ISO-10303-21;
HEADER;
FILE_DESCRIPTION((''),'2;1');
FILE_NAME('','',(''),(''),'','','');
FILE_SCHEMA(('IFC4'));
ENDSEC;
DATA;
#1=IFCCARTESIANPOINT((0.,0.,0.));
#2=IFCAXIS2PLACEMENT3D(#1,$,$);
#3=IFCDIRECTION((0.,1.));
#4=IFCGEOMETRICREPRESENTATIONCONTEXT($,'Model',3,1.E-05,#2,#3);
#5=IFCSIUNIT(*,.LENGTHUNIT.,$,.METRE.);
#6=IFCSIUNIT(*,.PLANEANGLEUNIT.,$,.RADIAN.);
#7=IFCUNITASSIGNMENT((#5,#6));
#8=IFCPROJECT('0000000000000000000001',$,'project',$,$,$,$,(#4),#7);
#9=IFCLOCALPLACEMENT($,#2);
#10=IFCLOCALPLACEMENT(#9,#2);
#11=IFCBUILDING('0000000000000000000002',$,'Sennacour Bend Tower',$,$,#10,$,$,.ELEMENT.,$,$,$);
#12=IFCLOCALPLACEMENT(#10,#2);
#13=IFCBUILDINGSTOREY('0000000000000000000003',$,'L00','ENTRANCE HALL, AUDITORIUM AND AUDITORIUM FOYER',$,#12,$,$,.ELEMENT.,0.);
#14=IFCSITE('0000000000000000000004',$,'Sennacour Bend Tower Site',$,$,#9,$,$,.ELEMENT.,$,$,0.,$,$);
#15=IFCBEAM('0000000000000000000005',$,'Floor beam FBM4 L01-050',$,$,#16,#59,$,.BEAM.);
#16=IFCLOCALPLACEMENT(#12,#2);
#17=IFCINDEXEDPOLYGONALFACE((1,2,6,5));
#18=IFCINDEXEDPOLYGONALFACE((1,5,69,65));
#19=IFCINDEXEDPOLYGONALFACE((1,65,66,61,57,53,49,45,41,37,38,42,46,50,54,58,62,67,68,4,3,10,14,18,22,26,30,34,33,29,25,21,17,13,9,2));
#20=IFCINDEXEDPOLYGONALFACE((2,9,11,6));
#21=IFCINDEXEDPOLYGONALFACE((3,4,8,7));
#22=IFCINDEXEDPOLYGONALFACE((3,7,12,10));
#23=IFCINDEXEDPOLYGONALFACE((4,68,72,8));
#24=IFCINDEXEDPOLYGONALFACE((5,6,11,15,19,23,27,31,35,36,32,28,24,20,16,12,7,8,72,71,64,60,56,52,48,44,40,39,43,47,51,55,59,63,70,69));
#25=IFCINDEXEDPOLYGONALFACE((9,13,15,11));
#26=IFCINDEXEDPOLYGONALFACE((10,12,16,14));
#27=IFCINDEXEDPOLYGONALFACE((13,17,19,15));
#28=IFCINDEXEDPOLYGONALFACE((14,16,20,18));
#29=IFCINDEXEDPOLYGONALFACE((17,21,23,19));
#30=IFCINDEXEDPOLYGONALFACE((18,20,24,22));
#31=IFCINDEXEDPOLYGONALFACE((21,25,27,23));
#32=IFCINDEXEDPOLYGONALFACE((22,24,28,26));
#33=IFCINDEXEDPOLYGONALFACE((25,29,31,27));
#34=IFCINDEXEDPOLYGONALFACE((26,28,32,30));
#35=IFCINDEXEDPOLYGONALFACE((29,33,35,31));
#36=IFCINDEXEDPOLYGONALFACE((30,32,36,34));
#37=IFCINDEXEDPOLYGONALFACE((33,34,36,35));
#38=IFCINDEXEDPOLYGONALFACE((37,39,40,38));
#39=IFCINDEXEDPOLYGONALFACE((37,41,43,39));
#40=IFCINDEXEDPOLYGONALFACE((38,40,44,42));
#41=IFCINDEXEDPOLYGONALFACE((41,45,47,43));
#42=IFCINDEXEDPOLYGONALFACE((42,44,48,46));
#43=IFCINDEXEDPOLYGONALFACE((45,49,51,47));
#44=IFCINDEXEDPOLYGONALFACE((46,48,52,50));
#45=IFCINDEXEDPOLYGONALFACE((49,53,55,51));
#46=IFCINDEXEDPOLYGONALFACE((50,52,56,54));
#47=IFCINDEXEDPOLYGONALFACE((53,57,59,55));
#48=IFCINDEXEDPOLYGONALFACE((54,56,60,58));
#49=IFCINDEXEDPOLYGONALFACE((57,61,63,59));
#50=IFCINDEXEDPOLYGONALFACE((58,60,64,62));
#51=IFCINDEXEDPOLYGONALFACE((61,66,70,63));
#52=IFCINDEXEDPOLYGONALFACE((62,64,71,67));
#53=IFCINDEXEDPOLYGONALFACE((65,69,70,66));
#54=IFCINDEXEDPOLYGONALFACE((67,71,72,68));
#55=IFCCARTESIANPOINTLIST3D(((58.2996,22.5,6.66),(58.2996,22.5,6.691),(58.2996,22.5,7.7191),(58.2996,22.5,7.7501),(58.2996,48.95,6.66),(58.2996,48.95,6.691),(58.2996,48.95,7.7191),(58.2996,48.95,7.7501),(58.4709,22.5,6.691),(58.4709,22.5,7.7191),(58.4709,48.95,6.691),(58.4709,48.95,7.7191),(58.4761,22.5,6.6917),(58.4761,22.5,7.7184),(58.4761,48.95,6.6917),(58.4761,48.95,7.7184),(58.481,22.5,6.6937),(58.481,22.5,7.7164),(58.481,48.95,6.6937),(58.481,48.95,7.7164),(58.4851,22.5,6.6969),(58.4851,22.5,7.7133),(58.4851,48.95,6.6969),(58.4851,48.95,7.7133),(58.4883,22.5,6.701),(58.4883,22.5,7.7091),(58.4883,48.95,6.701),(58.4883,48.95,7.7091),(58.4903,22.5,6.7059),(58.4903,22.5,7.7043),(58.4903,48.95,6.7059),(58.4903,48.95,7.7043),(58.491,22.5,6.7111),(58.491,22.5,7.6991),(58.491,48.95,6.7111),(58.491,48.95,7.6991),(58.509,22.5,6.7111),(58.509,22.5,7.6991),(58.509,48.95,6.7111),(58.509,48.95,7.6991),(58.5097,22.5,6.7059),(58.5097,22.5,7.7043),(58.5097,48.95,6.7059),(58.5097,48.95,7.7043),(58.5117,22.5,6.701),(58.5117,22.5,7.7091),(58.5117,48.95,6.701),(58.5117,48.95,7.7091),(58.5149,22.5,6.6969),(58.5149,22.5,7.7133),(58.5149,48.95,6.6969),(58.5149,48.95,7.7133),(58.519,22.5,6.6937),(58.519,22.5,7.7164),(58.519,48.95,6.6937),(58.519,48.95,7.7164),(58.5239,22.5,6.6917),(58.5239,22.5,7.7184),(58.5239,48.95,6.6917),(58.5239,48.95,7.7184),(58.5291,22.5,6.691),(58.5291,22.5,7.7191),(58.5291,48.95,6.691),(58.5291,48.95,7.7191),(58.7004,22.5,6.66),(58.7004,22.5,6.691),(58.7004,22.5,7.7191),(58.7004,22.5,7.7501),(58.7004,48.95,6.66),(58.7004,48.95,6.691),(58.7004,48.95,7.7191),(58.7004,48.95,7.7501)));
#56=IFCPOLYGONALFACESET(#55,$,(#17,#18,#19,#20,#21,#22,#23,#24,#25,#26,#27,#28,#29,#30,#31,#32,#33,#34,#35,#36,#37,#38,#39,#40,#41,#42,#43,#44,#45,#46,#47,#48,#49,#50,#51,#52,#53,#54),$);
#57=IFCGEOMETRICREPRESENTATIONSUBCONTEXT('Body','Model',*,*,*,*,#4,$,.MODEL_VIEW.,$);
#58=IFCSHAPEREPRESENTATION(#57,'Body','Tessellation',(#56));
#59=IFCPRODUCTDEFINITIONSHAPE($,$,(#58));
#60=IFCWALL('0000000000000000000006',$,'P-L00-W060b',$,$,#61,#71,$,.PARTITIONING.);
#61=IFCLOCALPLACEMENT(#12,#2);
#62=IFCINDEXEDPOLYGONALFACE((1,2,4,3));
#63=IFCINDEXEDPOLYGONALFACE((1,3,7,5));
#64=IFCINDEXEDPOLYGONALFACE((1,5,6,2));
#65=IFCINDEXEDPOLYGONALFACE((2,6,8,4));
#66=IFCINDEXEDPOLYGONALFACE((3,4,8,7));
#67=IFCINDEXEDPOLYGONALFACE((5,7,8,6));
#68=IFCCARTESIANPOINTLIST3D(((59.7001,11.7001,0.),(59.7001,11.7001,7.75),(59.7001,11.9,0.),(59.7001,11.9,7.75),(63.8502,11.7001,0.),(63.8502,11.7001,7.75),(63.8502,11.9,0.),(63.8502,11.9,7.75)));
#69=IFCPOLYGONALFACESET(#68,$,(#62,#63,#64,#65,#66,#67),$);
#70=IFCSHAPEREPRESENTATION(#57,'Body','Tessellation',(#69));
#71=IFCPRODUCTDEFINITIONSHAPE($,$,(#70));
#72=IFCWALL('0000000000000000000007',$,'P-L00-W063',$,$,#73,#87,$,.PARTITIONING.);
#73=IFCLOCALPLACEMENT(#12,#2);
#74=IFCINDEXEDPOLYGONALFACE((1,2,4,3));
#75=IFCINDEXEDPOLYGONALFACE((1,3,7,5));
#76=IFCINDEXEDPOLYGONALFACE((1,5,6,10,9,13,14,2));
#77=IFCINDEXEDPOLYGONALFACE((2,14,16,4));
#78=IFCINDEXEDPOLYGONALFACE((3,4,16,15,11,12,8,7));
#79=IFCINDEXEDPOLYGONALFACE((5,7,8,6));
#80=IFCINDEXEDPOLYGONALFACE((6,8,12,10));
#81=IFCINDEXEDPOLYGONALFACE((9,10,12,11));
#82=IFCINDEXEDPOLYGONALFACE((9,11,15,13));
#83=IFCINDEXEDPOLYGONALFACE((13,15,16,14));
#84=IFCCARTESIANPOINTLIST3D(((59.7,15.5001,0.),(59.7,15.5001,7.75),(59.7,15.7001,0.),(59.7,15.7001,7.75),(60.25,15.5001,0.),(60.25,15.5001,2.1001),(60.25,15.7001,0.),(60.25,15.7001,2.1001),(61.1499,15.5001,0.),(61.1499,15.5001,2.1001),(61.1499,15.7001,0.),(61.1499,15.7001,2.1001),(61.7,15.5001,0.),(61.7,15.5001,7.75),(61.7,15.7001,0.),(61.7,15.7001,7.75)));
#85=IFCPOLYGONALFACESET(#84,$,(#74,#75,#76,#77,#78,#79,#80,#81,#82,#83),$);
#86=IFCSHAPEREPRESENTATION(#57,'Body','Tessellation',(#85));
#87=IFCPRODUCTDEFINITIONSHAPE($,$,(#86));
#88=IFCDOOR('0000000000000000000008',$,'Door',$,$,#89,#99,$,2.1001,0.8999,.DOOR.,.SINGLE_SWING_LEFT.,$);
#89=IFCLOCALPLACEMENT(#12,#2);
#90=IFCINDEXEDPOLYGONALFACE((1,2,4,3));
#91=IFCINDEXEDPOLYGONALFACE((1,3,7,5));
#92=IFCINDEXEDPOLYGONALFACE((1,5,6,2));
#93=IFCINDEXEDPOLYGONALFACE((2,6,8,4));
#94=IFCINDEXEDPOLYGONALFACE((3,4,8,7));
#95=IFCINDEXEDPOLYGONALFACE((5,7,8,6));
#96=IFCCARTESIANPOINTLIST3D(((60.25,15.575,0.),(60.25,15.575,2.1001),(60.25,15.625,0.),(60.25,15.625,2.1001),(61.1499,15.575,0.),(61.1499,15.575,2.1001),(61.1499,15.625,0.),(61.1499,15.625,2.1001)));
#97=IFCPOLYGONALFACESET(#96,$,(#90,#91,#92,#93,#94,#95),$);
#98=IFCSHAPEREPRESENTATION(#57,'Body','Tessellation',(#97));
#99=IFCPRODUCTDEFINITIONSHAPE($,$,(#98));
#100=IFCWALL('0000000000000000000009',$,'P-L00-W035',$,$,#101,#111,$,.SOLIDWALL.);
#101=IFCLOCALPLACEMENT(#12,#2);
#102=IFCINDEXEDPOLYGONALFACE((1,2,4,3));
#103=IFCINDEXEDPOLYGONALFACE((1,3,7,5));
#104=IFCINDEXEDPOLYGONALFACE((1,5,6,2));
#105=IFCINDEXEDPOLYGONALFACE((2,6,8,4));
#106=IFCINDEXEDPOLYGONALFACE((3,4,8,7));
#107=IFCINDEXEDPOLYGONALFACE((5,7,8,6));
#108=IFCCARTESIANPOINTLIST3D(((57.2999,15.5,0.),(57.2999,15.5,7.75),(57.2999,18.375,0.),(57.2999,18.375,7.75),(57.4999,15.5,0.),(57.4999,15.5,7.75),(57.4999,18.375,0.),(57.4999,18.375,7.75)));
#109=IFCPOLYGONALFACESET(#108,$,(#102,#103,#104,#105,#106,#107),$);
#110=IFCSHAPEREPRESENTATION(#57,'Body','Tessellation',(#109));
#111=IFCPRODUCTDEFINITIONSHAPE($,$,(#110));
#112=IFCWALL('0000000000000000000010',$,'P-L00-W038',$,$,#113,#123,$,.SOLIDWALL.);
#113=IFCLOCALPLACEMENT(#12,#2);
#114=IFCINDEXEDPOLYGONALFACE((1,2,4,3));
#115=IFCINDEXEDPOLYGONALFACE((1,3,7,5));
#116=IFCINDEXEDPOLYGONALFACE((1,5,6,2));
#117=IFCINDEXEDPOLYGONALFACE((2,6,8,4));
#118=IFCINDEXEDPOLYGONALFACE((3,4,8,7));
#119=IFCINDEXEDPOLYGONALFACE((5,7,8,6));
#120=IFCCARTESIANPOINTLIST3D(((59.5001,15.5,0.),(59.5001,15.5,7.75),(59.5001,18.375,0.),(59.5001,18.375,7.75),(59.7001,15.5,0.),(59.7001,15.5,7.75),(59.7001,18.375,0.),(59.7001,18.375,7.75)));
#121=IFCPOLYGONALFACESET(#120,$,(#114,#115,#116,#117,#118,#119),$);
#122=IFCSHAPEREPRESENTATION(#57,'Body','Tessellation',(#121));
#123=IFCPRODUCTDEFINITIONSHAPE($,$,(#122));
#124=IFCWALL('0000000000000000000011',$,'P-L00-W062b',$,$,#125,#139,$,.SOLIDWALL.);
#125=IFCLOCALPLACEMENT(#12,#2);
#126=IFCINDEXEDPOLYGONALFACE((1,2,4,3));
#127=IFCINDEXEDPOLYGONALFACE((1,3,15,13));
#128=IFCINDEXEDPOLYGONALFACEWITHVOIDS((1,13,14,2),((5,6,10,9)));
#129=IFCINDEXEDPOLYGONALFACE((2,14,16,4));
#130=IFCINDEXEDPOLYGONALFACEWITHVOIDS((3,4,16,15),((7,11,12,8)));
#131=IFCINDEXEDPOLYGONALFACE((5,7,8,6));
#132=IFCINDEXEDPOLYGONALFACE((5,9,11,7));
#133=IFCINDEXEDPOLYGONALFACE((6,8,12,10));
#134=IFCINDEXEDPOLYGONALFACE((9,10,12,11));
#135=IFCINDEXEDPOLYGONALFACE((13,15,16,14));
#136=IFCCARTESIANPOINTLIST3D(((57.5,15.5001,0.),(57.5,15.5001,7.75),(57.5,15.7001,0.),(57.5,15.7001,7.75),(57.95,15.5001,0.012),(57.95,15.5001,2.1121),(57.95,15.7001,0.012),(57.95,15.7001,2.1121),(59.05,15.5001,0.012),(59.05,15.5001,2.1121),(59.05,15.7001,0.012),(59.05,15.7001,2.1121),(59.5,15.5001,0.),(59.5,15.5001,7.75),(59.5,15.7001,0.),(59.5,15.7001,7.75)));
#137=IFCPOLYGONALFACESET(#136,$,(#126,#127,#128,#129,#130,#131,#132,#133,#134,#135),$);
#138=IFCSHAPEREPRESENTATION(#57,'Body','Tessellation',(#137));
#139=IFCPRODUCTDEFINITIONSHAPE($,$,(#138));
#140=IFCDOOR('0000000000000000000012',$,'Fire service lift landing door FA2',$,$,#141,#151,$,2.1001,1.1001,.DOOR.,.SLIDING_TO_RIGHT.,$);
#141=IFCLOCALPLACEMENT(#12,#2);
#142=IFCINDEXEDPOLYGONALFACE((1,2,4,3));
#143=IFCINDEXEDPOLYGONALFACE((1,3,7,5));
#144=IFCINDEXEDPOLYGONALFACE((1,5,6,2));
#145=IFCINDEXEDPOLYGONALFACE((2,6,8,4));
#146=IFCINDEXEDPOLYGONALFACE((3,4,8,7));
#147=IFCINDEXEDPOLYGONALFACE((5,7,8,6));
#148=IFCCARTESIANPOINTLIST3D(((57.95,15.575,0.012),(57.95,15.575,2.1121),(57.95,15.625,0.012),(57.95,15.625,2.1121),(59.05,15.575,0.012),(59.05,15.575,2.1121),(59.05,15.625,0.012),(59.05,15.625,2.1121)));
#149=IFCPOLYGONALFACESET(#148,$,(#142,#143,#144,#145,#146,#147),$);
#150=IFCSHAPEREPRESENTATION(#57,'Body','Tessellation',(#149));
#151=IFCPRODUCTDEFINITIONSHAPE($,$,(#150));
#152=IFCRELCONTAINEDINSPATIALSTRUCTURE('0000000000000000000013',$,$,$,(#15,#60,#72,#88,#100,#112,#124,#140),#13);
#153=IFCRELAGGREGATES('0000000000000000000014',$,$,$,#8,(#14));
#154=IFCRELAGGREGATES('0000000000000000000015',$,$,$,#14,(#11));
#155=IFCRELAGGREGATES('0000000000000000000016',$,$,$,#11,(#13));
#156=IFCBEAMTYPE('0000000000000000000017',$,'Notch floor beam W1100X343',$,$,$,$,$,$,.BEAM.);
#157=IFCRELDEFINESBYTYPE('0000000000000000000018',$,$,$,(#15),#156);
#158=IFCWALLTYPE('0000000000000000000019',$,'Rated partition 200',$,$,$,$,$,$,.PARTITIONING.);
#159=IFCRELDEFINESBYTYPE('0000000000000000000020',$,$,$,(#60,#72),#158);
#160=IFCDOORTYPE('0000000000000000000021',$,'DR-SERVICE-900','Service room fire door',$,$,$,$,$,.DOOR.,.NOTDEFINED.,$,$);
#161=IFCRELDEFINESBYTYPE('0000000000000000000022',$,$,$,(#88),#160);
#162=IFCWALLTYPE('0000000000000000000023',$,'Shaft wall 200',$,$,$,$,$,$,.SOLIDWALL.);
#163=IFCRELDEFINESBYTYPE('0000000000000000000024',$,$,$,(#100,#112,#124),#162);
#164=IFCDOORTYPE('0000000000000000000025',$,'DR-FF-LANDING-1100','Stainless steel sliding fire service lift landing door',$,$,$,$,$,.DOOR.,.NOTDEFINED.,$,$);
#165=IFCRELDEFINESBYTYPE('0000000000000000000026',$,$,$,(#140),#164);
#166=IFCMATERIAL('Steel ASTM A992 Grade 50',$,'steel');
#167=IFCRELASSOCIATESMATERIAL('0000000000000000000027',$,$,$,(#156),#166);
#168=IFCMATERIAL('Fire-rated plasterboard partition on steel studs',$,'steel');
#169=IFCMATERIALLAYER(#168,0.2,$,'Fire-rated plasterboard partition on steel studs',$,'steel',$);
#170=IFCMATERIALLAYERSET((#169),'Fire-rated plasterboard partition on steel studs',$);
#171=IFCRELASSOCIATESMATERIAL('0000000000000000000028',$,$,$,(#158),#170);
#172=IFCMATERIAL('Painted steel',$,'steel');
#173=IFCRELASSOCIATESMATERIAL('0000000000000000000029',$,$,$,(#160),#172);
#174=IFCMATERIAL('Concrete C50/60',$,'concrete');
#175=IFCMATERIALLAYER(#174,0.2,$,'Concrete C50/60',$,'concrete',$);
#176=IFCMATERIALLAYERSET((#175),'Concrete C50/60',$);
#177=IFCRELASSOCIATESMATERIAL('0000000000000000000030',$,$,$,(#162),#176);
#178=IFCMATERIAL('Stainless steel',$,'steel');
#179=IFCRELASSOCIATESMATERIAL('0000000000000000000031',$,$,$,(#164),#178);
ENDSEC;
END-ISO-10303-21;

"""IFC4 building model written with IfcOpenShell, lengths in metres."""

from ifc_helpers import new_model, si_unit, direction, frame, frame_2d, origin, origin_2d, place, context, subcontext, project, spatial, rectangle, i_section, extrude, material, layer, layer_set, material_profile, profile_set, type_object, element, fill, save


model = new_model("IFC4")

# Units and contexts
model_context = context("Model", 3, precision=1e-05, world=origin(), true_north=direction((0.0, 1.0)))
body_context = subcontext(model_context, "Body", "Model", "MODEL_VIEW")
ifc_project = project(units=[si_unit("LENGTHUNIT", "METRE"), si_unit("PLANEANGLEUNIT", "RADIAN")], contexts=[model_context])

# Site, building, storey
site_placement = place(None, origin())
site = spatial("IfcSite", under=ifc_project, at=site_placement, Name="Sennacour Bend Tower Site", CompositionType="ELEMENT", RefElevation=0.0)
building_placement = place(site_placement, origin())
building = spatial("IfcBuilding", under=site, at=building_placement, Name="Sennacour Bend Tower", CompositionType="ELEMENT")
storey_placement = place(building_placement, origin())
storey = spatial("IfcBuildingStorey", under=building, at=storey_placement, Name="L00", Description="ENTRANCE HALL, AUDITORIUM AND AUDITORIUM FOYER", CompositionType="ELEMENT", Elevation=0.0)

# Beam
ifc_material_1 = material(Name="Steel ASTM A992 Grade 50", Category="steel")
ifc_material_profile = material_profile(ifc_material_1, i_section(OverallWidth=0.4009, OverallDepth=1.0901, WebThickness=0.0181, FlangeThickness=0.031, FilletRadius=0.02, at=origin_2d()), Name="Steel ASTM A992 Grade 50", Category="steel")
ifc_profile_set = profile_set([ifc_material_profile], Name="Steel ASTM A992 Grade 50")
beam_type = type_object("IfcBeamType", Name="Notch floor beam W1100X343", PredefinedType="BEAM", material=ifc_profile_set)
beam_placement = place(storey_placement, frame((58.5, 22.5, 7.2051), z_axis=(0.0, 1.0, 0.0), x_axis=(-1.0, 0.0, 0.0)))
element("IfcBeam", 1, at=beam_placement, inside=storey, type_object=beam_type, Name="Floor beam FBM4 L01-050", PredefinedType="BEAM", context=body_context, shape_type="SweptSolid", body=[
    extrude(i_section(OverallWidth=0.4009, OverallDepth=1.0901, WebThickness=0.0181, FlangeThickness=0.031, FilletRadius=0.02, at=origin_2d()), origin(), (0.0, 0.0, 1.0), 26.45),
])

# Wall
ifc_material_2 = material(Name="Fire-rated plasterboard partition on steel studs", Category="steel")
ifc_layer_1 = layer(ifc_material_2, 0.2, Name="Fire-rated plasterboard partition on steel studs", Category="steel")
ifc_layer_set_1 = layer_set([ifc_layer_1], Name="Fire-rated plasterboard partition on steel studs")
wall_type_1 = type_object("IfcWallType", Name="Rated partition 200", PredefinedType="PARTITIONING", material=ifc_layer_set_1)
wall_1_placement = place(storey_placement, frame((59.7, 11.8, 0.0), z_axis=(0.0, 0.0, 1.0), x_axis=(1.0, 0.0, 0.0)))
element("IfcWall", 2, at=wall_1_placement, inside=storey, type_object=wall_type_1, Name="P-L00-W060b", PredefinedType="PARTITIONING", context=body_context, shape_type="SweptSolid", body=[
    extrude(rectangle(XDim=4.1501, YDim=0.2, at=frame_2d((2.0752, 0.0))), origin(), (0.0, 0.0, 1.0), 7.75),
])

# Wall, opening, door
wall_2_placement = place(storey_placement, frame((59.7, 15.6001, 0.0), z_axis=(0.0, 0.0, 1.0), x_axis=(1.0, 0.0, 0.0)))
wall_2 = element("IfcWall", 3, at=wall_2_placement, inside=storey, type_object=wall_type_1, Name="P-L00-W063", PredefinedType="PARTITIONING", context=body_context, shape_type="SweptSolid", body=[
    extrude(rectangle(XDim=2.0, YDim=0.2, at=frame_2d((1.0, 0.0))), origin(), (0.0, 0.0, 1.0), 7.75),
])
opening_1_placement = place(wall_2_placement, frame((0.55, 0.0, 0.0)))
opening_1 = element("IfcOpeningElement", 4, at=opening_1_placement, cuts=wall_2, PredefinedType="OPENING", context=body_context, shape_type="SweptSolid", body=[
    extrude(rectangle(XDim=0.8999, YDim=2.1001, at=frame_2d((0.45, 1.05))), frame((0.0, 0.1099, 0.0), z_axis=(0.0, -1.0, 0.0), x_axis=(1.0, 0.0, 0.0)), (0.0, 0.0, 1.0), 0.22),
])
ifc_material_3 = material(Name="Painted steel", Category="steel")
door_type_1 = type_object("IfcDoorType", Name="DR-SERVICE-900", Description="Service room fire door", OperationType="NOTDEFINED", PredefinedType="DOOR", material=ifc_material_3)
door_1_placement = place(opening_1_placement, origin())
door_1 = element("IfcDoor", 5, at=door_1_placement, inside=storey, type_object=door_type_1, Name="Door", OperationType="SINGLE_SWING_LEFT", OverallHeight=2.1001, OverallWidth=0.8999, PredefinedType="DOOR", context=body_context, shape_type="SweptSolid", body=[
    extrude(rectangle(XDim=0.8999, YDim=2.1001, at=frame_2d((0.45, 1.05))), frame((0.0, 0.0249, 0.0), z_axis=(0.0, -1.0, 0.0), x_axis=(1.0, 0.0, 0.0)), (0.0, 0.0, 1.0), 0.05),
])
fill(opening_1, door_1)

# Walls
ifc_material_4 = material(Name="Concrete C50/60", Category="concrete")
ifc_layer_2 = layer(ifc_material_4, 0.2, Name="Concrete C50/60", Category="concrete")
ifc_layer_set_2 = layer_set([ifc_layer_2], Name="Concrete C50/60")
wall_type_2 = type_object("IfcWallType", Name="Shaft wall 200", PredefinedType="SOLIDWALL", material=ifc_layer_set_2)
for number, where, z_axis, x_axis, name in (
    (6, (57.3999, 15.5, 0.0), (0.0, 0.0, 1.0), (0.0, 1.0, 0.0), "P-L00-W035"),
    (7, (59.6001, 15.5, 0.0), (0.0, 0.0, 1.0), (0.0, 1.0, 0.0), "P-L00-W038"),
):
    element("IfcWall", number, at=place(storey_placement, frame(where, z_axis=z_axis, x_axis=x_axis)), inside=storey, type_object=wall_type_2, Name=name, PredefinedType="SOLIDWALL", context=body_context, shape_type="SweptSolid", body=[
        extrude(rectangle(XDim=2.875, YDim=0.2, at=frame_2d((1.4375, 0.0))), origin(), (0.0, 0.0, 1.0), 7.75),
    ])

# Wall, opening, door
wall_3_placement = place(storey_placement, frame((57.5, 15.6001, 0.0), z_axis=(0.0, 0.0, 1.0), x_axis=(1.0, 0.0, 0.0)))
wall_3 = element("IfcWall", 8, at=wall_3_placement, inside=storey, type_object=wall_type_2, Name="P-L00-W062b", PredefinedType="SOLIDWALL", context=body_context, shape_type="SweptSolid", body=[
    extrude(rectangle(XDim=2.0, YDim=0.2, at=frame_2d((1.0, 0.0))), origin(), (0.0, 0.0, 1.0), 7.75),
])
opening_2_placement = place(wall_3_placement, frame((0.45, 0.0, 0.012)))
opening_2 = element("IfcOpeningElement", 9, at=opening_2_placement, cuts=wall_3, PredefinedType="OPENING", context=body_context, shape_type="SweptSolid", body=[
    extrude(rectangle(XDim=1.1001, YDim=2.1001, at=frame_2d((0.55, 1.05))), frame((0.0, 0.1099, 0.0), z_axis=(0.0, -1.0, 0.0), x_axis=(1.0, 0.0, 0.0)), (0.0, 0.0, 1.0), 0.22),
])
ifc_material_5 = material(Name="Stainless steel", Category="steel")
door_type_2 = type_object("IfcDoorType", Name="DR-FF-LANDING-1100", Description="Stainless steel sliding fire service lift landing door", OperationType="NOTDEFINED", PredefinedType="DOOR", material=ifc_material_5)
door_2_placement = place(opening_2_placement, origin())
door_2 = element("IfcDoor", 10, at=door_2_placement, inside=storey, type_object=door_type_2, Name="Fire service lift landing door FA2", OperationType="SLIDING_TO_RIGHT", OverallHeight=2.1001, OverallWidth=1.1001, PredefinedType="DOOR", context=body_context, shape_type="SweptSolid", body=[
    extrude(rectangle(XDim=1.1001, YDim=2.1001, at=frame_2d((0.55, 1.05))), frame((0.0, 0.0249, 0.0), z_axis=(0.0, -1.0, 0.0), x_axis=(1.0, 0.0, 0.0)), (0.0, 0.0, 1.0), 0.05),
])
fill(opening_2, door_2)

save(model, "model.ifc")
